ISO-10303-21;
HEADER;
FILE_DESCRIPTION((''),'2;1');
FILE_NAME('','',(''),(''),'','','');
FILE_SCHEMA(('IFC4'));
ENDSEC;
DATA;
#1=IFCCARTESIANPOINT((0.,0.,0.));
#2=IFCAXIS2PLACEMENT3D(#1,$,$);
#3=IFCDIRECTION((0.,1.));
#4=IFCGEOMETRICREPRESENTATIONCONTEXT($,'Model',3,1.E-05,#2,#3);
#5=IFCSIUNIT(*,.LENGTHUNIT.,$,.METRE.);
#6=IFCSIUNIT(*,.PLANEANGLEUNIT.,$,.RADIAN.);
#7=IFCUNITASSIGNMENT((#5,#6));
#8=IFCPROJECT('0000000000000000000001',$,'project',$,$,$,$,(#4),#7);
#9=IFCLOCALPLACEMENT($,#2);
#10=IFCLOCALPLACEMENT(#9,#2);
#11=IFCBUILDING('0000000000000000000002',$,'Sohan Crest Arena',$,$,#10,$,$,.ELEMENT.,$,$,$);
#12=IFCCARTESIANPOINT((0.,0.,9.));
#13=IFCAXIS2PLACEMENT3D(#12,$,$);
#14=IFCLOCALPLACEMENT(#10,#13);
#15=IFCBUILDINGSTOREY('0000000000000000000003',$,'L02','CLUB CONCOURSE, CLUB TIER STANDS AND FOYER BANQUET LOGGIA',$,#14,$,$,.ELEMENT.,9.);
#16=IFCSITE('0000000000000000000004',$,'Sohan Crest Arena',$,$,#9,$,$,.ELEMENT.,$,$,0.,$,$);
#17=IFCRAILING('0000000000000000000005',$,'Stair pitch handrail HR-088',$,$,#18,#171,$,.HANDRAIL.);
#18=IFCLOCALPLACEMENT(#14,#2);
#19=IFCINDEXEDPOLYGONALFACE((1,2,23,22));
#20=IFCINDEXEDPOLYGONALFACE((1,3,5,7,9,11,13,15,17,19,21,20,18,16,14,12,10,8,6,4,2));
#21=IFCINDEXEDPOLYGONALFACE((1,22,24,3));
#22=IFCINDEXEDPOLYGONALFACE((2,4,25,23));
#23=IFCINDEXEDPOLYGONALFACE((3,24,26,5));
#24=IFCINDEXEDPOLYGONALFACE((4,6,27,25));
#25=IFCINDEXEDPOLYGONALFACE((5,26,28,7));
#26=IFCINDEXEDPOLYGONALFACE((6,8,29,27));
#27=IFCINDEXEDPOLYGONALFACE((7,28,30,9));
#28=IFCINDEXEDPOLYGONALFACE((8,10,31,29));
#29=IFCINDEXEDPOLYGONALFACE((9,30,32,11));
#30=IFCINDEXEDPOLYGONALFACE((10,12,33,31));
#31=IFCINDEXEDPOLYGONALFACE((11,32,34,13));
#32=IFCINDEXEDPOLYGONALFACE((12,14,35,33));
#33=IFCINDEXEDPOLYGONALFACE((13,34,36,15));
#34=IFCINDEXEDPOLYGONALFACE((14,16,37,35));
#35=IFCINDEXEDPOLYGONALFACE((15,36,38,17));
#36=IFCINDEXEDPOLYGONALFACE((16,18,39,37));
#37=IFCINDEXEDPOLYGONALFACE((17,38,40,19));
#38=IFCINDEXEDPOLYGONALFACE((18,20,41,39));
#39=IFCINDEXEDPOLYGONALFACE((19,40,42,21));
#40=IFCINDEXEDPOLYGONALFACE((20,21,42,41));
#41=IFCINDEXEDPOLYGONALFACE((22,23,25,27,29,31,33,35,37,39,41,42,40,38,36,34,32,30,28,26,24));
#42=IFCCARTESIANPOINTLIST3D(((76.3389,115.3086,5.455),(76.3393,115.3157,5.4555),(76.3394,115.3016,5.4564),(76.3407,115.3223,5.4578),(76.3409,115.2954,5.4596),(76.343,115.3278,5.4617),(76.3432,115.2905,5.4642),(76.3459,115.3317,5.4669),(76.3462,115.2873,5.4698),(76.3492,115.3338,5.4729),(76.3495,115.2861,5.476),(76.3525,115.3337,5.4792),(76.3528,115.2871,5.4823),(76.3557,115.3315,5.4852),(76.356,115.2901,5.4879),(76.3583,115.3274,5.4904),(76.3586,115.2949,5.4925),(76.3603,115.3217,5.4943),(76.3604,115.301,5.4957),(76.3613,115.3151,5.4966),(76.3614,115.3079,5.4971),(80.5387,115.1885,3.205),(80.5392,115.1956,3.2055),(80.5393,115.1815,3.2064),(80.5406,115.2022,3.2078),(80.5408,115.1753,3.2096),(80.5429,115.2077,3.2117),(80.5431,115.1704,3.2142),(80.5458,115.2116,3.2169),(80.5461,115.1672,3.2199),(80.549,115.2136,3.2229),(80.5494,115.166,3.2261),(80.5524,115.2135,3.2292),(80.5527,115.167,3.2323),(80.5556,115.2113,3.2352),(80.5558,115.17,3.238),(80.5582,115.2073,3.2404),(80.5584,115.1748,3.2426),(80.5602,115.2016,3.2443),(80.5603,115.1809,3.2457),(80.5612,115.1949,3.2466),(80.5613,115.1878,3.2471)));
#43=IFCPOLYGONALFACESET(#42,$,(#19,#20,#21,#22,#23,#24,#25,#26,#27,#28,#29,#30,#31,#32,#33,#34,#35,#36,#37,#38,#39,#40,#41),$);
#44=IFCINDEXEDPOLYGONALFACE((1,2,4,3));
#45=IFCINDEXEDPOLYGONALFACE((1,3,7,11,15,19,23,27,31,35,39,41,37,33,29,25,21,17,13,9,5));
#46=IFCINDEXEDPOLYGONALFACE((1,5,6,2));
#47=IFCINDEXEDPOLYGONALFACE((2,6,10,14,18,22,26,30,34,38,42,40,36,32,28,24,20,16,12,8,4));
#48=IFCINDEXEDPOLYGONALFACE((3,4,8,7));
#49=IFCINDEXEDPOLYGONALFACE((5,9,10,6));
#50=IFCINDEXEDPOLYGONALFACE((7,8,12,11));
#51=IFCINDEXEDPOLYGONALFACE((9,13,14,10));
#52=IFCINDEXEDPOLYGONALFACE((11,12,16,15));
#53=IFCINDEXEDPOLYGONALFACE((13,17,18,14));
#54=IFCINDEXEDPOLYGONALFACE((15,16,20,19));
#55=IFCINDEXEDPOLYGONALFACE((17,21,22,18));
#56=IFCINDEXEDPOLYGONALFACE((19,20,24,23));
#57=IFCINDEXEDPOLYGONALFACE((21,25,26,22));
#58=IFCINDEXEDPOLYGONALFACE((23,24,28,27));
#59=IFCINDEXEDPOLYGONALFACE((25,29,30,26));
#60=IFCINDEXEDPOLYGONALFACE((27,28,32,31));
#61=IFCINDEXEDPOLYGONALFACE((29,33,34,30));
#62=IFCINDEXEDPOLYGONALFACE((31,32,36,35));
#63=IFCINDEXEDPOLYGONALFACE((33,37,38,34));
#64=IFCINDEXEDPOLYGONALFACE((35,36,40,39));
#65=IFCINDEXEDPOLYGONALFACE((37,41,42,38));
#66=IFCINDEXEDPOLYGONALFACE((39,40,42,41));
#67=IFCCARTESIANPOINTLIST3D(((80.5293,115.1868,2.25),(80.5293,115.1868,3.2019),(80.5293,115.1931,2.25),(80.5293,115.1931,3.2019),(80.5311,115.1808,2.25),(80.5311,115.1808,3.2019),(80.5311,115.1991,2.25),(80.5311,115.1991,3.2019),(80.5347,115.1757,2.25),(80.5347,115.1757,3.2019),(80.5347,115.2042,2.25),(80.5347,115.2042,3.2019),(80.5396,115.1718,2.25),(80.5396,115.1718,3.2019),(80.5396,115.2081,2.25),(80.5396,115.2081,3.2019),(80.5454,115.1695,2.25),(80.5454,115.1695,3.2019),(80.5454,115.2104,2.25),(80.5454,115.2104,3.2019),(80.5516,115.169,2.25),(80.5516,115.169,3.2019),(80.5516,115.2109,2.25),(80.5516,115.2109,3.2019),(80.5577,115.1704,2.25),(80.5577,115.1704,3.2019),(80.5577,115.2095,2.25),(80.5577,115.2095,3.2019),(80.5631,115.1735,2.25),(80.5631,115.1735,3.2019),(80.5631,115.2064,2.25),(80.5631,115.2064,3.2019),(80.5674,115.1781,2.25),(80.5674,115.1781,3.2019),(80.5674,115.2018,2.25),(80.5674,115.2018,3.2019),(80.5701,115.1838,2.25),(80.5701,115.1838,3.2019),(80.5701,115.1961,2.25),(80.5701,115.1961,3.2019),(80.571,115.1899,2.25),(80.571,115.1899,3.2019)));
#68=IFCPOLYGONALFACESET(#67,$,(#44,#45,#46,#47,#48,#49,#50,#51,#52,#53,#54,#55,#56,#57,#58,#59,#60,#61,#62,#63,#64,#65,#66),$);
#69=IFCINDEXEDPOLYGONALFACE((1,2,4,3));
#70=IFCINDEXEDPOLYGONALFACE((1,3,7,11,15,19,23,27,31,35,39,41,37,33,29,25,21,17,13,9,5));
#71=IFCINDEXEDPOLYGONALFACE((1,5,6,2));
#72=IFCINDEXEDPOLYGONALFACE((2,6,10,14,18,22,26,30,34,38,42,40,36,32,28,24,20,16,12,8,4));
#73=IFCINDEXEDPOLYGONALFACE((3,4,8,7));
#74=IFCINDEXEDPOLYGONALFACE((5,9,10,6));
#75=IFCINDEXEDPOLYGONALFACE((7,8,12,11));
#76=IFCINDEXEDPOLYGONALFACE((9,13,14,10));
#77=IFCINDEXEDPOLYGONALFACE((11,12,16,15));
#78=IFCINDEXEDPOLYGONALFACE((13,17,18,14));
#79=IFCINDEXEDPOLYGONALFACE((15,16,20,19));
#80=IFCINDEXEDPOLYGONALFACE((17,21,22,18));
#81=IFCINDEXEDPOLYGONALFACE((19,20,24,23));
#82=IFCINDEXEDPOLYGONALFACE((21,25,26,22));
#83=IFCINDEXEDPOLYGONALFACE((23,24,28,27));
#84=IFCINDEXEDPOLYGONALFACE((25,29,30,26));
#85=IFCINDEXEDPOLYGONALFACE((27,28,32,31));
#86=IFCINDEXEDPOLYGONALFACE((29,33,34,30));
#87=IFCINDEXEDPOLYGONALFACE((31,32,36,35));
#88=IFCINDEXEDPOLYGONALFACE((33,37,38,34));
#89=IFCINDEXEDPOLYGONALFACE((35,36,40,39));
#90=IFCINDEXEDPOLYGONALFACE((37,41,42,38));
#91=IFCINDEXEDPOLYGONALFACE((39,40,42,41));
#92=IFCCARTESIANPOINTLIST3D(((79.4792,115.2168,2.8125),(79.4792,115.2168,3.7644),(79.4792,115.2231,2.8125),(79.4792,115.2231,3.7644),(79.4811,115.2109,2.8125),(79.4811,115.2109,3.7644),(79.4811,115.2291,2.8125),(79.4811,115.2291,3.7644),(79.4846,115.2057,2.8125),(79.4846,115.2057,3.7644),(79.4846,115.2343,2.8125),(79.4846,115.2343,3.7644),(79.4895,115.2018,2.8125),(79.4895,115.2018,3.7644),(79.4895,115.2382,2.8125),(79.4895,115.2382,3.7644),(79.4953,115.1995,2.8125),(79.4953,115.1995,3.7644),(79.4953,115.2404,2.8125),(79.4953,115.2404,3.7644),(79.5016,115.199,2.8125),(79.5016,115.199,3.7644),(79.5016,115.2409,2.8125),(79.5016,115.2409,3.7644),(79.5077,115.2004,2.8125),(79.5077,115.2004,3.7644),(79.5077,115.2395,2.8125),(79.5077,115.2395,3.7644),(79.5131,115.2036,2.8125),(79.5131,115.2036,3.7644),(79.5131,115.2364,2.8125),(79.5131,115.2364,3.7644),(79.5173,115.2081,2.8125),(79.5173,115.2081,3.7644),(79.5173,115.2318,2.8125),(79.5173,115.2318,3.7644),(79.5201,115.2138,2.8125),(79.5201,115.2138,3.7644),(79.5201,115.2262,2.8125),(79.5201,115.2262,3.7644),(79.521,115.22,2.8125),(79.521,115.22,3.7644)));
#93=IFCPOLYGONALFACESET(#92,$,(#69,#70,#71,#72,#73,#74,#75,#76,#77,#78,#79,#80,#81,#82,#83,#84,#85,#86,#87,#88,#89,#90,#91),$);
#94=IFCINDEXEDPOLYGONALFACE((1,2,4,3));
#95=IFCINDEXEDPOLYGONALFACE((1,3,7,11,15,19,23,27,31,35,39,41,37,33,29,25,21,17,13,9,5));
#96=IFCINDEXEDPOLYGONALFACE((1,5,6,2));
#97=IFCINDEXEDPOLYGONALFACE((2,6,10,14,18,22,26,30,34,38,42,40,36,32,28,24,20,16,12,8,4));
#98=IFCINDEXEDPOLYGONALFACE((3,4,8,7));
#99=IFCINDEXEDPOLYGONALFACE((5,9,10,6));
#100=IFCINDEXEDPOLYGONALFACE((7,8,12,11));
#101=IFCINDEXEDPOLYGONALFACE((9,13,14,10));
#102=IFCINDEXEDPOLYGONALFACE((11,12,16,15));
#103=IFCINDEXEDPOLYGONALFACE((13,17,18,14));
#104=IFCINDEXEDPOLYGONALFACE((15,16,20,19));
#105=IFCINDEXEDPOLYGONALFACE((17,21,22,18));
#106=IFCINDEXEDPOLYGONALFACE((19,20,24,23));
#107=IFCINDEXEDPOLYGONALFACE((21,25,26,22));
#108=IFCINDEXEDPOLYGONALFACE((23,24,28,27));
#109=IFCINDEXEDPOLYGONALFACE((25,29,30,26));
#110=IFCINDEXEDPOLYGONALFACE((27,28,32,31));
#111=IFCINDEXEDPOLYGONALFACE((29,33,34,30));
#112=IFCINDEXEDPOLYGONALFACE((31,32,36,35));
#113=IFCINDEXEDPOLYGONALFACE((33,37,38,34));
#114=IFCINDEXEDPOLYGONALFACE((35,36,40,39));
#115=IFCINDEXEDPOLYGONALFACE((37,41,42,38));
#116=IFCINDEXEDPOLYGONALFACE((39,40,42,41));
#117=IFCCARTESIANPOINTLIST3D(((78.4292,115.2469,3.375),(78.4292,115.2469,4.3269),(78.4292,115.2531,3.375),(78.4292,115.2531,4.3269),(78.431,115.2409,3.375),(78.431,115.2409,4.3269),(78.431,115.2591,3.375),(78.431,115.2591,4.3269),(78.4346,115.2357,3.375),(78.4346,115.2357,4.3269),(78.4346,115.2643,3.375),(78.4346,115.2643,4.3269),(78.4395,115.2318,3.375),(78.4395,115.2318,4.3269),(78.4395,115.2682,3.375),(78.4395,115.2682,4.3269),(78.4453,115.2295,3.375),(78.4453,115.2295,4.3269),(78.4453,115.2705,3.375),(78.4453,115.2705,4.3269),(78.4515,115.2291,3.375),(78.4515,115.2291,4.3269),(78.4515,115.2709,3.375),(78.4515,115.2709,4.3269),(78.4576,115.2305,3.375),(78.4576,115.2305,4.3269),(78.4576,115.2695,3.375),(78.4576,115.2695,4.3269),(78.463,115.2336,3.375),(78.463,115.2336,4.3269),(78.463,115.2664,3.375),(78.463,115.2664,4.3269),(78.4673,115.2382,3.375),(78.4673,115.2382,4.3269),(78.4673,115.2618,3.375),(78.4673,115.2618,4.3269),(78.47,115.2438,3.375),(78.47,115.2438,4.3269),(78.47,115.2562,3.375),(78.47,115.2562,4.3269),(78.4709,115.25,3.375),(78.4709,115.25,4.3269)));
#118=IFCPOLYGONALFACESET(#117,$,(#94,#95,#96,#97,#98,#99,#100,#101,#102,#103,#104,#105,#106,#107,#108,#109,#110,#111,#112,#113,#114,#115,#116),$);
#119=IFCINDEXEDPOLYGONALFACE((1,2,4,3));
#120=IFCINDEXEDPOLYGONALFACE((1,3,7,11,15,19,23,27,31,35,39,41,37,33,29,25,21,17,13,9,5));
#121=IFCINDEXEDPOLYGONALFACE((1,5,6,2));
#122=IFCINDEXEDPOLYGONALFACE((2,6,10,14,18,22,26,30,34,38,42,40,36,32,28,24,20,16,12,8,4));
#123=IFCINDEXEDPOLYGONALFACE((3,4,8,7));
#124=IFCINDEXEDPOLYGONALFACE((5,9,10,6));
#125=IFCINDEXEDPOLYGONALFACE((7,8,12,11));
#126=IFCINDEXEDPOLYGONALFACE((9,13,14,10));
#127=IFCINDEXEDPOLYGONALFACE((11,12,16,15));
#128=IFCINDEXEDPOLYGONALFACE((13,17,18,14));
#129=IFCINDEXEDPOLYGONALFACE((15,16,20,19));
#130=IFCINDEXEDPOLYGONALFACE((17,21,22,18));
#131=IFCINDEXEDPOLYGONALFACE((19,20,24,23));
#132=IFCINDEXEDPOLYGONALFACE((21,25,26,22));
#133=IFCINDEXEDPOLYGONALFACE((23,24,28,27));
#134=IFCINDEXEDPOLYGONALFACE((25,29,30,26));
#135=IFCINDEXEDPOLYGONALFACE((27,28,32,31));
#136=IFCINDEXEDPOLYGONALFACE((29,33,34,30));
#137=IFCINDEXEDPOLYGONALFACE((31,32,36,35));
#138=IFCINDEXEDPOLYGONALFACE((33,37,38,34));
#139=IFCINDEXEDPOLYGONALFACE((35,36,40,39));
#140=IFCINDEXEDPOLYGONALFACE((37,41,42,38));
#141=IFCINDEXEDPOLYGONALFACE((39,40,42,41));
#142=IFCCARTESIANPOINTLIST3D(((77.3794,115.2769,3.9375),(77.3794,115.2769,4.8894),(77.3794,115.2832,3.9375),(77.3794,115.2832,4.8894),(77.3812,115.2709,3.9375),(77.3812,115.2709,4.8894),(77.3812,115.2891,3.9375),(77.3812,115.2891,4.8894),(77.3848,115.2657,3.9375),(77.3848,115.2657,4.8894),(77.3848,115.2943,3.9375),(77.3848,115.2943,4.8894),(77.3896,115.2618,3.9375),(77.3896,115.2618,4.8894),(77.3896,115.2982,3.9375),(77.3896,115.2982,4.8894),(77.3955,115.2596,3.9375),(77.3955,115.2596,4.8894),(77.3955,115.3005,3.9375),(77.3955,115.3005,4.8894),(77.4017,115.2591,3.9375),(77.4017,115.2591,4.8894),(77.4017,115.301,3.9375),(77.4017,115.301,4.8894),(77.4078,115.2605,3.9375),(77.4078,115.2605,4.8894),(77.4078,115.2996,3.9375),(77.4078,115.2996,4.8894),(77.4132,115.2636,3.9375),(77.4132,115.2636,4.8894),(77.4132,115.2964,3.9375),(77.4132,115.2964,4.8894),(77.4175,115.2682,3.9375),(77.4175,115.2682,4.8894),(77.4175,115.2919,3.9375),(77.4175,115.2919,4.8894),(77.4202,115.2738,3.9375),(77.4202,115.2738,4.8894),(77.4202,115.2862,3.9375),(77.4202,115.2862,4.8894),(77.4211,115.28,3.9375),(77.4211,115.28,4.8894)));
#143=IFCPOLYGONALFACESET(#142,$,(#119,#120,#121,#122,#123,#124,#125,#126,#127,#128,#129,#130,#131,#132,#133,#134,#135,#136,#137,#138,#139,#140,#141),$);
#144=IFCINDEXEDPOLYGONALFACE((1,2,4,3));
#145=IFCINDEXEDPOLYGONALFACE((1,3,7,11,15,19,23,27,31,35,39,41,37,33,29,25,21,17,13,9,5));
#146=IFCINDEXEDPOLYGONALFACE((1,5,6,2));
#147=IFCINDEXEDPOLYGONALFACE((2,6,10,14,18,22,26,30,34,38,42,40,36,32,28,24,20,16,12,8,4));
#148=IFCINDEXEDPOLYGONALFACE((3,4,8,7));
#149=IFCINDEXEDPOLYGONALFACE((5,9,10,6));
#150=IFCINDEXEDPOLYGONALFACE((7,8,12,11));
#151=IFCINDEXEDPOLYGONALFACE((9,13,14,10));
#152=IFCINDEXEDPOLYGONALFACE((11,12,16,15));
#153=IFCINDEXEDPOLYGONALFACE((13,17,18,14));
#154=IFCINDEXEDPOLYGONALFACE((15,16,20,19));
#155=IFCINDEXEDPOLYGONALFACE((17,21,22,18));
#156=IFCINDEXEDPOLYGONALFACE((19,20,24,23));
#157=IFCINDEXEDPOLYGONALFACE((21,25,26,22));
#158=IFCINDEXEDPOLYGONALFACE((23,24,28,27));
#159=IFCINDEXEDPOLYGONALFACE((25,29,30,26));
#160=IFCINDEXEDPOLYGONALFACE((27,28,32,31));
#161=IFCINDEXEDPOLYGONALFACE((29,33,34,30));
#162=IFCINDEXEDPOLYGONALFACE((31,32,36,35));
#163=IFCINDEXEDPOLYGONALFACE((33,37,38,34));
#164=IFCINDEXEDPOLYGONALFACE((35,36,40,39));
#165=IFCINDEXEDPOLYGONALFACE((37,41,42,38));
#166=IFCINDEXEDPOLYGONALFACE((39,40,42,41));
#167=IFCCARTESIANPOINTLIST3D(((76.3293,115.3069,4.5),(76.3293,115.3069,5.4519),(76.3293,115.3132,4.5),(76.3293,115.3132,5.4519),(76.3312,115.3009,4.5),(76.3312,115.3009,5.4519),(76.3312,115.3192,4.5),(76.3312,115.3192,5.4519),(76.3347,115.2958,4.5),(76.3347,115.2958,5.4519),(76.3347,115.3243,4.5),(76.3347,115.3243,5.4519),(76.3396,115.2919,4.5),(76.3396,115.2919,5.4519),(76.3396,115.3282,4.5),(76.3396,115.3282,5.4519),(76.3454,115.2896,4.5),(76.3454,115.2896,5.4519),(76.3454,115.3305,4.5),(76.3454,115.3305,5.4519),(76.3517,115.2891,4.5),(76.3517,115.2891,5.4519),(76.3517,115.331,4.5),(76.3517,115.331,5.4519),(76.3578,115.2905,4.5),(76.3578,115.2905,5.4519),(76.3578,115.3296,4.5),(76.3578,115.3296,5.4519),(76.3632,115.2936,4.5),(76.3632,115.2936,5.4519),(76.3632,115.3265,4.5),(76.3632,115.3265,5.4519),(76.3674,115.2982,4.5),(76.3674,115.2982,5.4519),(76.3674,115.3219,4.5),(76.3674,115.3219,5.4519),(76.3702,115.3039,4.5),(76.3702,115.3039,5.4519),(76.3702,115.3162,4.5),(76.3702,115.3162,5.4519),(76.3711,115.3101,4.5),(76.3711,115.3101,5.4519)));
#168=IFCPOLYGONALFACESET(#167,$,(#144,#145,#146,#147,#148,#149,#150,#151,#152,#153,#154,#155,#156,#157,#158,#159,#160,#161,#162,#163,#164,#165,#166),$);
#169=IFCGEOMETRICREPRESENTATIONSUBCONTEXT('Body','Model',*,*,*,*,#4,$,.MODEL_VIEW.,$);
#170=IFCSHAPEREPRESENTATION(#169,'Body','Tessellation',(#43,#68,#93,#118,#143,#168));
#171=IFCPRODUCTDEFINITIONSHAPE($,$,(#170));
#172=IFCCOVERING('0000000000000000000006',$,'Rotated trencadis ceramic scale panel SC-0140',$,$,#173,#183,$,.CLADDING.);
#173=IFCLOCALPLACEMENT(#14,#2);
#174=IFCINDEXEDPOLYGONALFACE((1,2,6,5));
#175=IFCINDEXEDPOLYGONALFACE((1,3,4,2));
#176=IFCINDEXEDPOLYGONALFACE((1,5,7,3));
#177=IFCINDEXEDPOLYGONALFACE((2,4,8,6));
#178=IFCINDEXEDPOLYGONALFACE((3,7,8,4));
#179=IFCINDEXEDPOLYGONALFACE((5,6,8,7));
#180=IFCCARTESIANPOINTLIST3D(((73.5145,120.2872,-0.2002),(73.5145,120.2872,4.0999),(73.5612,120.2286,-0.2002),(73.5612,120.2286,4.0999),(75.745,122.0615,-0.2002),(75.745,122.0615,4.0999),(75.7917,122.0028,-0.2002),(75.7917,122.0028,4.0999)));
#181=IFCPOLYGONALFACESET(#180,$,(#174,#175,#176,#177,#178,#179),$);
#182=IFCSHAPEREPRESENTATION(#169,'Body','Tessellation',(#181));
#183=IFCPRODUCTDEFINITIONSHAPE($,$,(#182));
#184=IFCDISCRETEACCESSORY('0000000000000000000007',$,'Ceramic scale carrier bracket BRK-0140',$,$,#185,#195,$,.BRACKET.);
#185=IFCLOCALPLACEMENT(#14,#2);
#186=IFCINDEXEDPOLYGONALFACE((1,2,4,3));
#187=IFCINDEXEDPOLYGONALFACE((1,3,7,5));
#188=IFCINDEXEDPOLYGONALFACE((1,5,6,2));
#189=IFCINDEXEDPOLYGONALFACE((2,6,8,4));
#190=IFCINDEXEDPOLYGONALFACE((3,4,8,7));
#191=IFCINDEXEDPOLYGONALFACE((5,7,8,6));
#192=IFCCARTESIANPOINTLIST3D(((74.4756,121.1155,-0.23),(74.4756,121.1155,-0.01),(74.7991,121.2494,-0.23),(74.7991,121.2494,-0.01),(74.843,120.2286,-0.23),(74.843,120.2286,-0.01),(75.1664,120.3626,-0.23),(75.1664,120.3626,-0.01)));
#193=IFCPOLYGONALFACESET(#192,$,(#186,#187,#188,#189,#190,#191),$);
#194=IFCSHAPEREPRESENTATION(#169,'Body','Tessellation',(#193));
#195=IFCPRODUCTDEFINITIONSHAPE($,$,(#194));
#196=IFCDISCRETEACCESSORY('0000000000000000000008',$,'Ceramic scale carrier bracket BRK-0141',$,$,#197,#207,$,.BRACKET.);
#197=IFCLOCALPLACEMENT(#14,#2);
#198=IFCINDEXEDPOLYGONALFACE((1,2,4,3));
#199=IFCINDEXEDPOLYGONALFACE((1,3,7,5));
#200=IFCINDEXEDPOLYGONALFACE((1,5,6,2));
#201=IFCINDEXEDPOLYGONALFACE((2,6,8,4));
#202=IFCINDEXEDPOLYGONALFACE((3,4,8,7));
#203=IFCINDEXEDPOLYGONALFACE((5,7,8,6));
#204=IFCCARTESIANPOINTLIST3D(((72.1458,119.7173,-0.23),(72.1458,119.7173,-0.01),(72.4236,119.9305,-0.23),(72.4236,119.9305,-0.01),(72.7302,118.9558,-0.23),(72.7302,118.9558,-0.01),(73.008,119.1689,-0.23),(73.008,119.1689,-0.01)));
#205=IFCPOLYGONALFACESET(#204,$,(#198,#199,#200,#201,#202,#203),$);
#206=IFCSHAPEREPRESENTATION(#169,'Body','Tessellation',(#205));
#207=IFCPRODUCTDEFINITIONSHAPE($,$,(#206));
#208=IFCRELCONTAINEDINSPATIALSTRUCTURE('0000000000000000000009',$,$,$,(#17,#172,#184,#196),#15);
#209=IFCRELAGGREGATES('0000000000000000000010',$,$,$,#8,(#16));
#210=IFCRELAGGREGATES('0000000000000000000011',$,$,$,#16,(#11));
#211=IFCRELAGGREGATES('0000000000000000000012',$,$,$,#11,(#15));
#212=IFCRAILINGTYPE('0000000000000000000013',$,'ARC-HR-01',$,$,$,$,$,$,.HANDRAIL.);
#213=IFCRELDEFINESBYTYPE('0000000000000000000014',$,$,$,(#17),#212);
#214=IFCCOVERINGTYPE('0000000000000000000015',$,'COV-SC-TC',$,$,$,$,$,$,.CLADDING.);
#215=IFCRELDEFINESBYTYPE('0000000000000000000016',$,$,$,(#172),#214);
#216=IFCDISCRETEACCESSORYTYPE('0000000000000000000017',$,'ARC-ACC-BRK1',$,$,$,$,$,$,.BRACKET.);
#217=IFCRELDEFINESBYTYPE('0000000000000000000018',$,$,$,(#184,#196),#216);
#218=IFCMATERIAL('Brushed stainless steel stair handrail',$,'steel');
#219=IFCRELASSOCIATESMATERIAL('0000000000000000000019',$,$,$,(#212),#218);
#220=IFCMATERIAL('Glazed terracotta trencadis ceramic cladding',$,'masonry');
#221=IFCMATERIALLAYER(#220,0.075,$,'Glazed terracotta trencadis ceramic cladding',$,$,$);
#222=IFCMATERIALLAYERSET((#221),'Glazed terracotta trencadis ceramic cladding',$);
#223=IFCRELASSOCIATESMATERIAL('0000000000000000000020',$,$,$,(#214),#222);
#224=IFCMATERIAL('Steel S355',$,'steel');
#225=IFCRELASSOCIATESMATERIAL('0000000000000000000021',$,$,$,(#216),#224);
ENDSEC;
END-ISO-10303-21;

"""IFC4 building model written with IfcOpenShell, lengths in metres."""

from ifc_helpers import new_model, si_unit, direction, frame, origin, origin_2d, place, context, subcontext, project, spatial, rectangle, circle, extrude, material, layer, layer_set, type_object, element, save


model = new_model("IFC4")

# Units and contexts
model_context = context("Model", 3, precision=1e-05, world=origin(), true_north=direction((0.0, 1.0)))
body_context = subcontext(model_context, "Body", "Model", "MODEL_VIEW")
ifc_project = project(units=[si_unit("LENGTHUNIT", "METRE"), si_unit("PLANEANGLEUNIT", "RADIAN")], contexts=[model_context])

# Site, building, storey
site_placement = place(None, origin())
site = spatial("IfcSite", under=ifc_project, at=site_placement, Name="Sohan Crest Arena", CompositionType="ELEMENT", RefElevation=0.0)
building_placement = place(site_placement, origin())
building = spatial("IfcBuilding", under=site, at=building_placement, Name="Sohan Crest Arena", CompositionType="ELEMENT")
storey_placement = place(building_placement, frame((0.0, 0.0, 9.0)))
storey = spatial("IfcBuildingStorey", under=building, at=storey_placement, Name="L02", Description="CLUB CONCOURSE, CLUB TIER STANDS AND FOYER BANQUET LOGGIA", CompositionType="ELEMENT", Elevation=9.0)

# Shared definitions
ifc_material_1 = material(Name="Steel S355", Category="steel")

# Railing
ifc_material_2 = material(Name="Brushed stainless steel stair handrail", Category="steel")
railing_type_1 = type_object("IfcRailingType", Name="ARC-HR-01", PredefinedType="HANDRAIL", material=ifc_material_2)
railing_1_placement = place(storey_placement, frame((80.55, 115.1899, 2.25)))
element("IfcRailing", 1, at=railing_1_placement, inside=storey, type_object=railing_type_1, Name="Stair pitch handrail HR-088", PredefinedType="HANDRAIL", context=body_context, shape_type="SweptSolid", body=[
    extrude(circle(Radius=0.0239, at=origin_2d()), frame((0.0, 0.0, 0.9761), z_axis=(-0.881198, 0.025202, 0.472076), x_axis=(-0.028588, -0.999591, 0.0)), (0.0, 0.0, 1.0), 4.7661),
    extrude(circle(Radius=0.021, at=origin_2d()), origin(), (0.0, 0.0, 1.0), 0.9519),
    extrude(circle(Radius=0.021, at=origin_2d()), frame((-1.05, 0.03, 0.5625)), (0.0, 0.0, 1.0), 0.9519),
    extrude(circle(Radius=0.021, at=origin_2d()), frame((-2.1001, 0.0601, 1.125)), (0.0, 0.0, 1.0), 0.9519),
    extrude(circle(Radius=0.021, at=origin_2d()), frame((-3.1499, 0.0901, 1.6875)), (0.0, 0.0, 1.0), 0.9519),
    extrude(circle(Radius=0.021, at=origin_2d()), frame((-4.2, 0.1201, 2.25)), (0.0, 0.0, 1.0), 0.9519),
])

# Covering
ifc_material_3 = material(Name="Glazed terracotta trencadis ceramic cladding", Category="masonry")
ifc_layer_1 = layer(ifc_material_3, 0.075, Name="Glazed terracotta trencadis ceramic cladding")
ifc_layer_set_1 = layer_set([ifc_layer_1], Name="Glazed terracotta trencadis ceramic cladding")
covering_type = type_object("IfcCoveringType", Name="COV-SC-TC", PredefinedType="CLADDING", material=ifc_layer_set_1)
covering_placement = place(storey_placement, frame((74.6531, 121.145, -0.2002), z_axis=(0.0, 0.0, 1.0), x_axis=(-0.782608, -0.622515, 0.0)))
element("IfcCovering", 2, at=covering_placement, inside=storey, type_object=covering_type, Name="Rotated trencadis ceramic scale panel SC-0140", PredefinedType="CLADDING", context=body_context, shape_type="SweptSolid", body=[
    extrude(rectangle(XDim=2.8501, YDim=0.075, at=origin_2d()), origin(), (0.0, 0.0, 1.0), 4.3),
])

# Discrete accessories
discrete_accessory_type = type_object("IfcDiscreteAccessoryType", Name="ARC-ACC-BRK1", PredefinedType="BRACKET", material=ifc_material_1)
for number, where, z_axis, x_axis, name in (
    (3, (74.821, 120.739, -0.23), (0.0, 0.0, 1.0), (-0.92388, -0.382683, 0.0), "Ceramic scale carrier bracket BRK-0140"),
    (4, (72.5769, 119.4431, -0.23), (0.0, 0.0, 1.0), (-0.793353, -0.608761, 0.0), "Ceramic scale carrier bracket BRK-0141"),
):
    element("IfcDiscreteAccessory", number, at=place(storey_placement, frame(where, z_axis=z_axis, x_axis=x_axis)), inside=storey, type_object=discrete_accessory_type, Name=name, PredefinedType="BRACKET", context=body_context, shape_type="SweptSolid", body=[
        extrude(rectangle(XDim=0.3501, YDim=0.96, at=origin_2d()), origin(), (0.0, 0.0, 1.0), 0.22),
    ])

save(model, "model.ifc")
